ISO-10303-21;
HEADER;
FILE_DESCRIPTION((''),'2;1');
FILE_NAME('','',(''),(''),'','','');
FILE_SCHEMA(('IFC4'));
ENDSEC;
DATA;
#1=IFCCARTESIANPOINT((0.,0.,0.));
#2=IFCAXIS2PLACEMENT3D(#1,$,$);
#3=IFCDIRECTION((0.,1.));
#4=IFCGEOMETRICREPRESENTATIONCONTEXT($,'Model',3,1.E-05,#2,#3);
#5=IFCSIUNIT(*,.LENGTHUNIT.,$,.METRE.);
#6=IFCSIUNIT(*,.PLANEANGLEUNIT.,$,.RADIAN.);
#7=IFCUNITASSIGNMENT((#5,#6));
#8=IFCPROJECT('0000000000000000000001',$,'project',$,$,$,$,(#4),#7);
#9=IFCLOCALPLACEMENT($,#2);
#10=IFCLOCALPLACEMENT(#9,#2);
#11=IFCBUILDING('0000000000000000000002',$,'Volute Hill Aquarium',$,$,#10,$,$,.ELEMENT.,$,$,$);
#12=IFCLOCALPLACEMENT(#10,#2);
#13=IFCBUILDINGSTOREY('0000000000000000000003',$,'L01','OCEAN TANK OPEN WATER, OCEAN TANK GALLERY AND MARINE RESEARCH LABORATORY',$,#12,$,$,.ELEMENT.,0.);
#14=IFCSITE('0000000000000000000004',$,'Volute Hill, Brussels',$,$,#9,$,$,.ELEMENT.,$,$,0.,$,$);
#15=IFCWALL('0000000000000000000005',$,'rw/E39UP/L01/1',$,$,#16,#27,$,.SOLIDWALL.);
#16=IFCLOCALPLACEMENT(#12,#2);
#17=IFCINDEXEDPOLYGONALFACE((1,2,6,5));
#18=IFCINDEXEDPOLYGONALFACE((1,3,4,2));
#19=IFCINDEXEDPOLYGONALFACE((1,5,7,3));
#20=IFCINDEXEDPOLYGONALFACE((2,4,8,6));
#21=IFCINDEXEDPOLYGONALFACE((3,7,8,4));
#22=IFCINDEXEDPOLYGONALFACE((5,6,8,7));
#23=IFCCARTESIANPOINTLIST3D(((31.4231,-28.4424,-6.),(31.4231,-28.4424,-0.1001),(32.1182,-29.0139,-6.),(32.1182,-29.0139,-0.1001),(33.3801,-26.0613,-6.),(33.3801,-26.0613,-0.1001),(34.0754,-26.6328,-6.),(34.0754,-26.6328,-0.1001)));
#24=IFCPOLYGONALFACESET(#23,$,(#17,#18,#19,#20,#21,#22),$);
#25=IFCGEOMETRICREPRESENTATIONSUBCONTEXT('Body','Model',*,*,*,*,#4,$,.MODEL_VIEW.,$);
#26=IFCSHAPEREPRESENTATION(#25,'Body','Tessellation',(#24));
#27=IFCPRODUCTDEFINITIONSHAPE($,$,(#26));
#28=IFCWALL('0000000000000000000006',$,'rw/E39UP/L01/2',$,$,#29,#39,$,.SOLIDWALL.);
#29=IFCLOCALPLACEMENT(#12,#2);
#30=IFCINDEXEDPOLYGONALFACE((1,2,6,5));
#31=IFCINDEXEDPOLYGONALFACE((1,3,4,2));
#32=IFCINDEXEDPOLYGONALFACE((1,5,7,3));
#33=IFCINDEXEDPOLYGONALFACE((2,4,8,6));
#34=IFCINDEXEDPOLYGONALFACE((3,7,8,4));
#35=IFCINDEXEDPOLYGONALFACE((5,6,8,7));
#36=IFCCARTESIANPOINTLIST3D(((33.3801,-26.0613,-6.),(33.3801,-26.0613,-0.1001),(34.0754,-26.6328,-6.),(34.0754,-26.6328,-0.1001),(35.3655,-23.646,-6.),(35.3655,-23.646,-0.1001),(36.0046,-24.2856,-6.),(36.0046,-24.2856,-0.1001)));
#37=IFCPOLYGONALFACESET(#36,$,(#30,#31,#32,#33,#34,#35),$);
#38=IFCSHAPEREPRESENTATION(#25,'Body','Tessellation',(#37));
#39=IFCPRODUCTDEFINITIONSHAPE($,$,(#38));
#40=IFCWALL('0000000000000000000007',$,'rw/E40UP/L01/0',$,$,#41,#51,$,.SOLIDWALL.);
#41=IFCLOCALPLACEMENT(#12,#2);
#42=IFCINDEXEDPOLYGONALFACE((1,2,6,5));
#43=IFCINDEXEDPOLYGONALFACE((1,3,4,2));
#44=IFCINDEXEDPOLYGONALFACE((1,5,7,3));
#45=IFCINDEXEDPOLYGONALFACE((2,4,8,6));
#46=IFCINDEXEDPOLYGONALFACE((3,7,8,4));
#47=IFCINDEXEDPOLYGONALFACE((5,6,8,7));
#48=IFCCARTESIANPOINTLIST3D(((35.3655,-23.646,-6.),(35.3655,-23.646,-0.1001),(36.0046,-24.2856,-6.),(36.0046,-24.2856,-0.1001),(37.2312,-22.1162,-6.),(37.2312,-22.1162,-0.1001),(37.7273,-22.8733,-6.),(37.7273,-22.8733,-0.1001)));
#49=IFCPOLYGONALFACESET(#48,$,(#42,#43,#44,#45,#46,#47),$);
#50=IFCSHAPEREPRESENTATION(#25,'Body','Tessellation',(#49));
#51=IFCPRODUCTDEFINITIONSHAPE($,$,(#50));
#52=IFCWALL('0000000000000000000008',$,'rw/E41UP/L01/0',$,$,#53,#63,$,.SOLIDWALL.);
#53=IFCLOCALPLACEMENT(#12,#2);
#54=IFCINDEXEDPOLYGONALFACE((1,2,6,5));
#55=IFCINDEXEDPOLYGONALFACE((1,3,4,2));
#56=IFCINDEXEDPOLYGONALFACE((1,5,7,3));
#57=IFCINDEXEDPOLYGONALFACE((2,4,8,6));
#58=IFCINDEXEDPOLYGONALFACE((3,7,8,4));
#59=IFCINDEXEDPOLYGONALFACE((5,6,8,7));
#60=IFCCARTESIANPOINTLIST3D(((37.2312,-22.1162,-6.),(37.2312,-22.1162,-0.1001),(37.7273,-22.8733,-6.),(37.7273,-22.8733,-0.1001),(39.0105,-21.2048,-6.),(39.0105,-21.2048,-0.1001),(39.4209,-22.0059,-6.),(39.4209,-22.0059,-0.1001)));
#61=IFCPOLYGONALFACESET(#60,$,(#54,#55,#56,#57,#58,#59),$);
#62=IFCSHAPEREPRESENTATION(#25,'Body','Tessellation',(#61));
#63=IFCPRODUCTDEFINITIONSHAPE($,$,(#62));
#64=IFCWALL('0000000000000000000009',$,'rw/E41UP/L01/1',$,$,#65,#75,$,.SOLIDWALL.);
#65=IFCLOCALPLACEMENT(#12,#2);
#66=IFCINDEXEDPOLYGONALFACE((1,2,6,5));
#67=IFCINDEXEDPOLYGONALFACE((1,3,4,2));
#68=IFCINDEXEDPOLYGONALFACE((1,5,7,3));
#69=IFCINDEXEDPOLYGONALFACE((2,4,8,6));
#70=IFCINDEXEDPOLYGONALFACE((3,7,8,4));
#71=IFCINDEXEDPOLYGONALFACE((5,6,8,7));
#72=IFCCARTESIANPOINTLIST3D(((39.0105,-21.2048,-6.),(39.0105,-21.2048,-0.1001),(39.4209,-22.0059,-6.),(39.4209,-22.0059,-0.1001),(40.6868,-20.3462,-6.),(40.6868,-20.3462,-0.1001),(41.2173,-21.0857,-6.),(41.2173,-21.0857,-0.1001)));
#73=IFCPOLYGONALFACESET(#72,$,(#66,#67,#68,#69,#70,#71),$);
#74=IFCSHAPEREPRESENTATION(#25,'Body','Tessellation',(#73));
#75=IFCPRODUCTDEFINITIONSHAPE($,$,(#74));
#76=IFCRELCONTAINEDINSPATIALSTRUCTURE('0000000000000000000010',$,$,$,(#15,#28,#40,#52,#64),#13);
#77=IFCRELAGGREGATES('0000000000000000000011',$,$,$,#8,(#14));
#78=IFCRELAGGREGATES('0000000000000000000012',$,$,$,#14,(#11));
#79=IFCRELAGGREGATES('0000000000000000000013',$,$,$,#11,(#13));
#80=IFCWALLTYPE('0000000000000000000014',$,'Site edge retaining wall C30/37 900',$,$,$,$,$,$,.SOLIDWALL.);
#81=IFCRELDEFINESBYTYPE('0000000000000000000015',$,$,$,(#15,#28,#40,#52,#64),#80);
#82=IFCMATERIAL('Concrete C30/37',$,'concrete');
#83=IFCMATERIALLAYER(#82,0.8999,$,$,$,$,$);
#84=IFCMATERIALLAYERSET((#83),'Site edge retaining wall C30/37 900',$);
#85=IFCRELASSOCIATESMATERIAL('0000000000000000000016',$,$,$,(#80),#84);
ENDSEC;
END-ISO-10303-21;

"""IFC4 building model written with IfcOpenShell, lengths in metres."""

from ifc_helpers import new_model, si_unit, direction, frame, origin, place, context, subcontext, project, spatial, polyline, outline, extrude, material, layer, layer_set, type_object, element, save


model = new_model("IFC4")

# Units and contexts
model_context = context("Model", 3, precision=1e-05, world=origin(), true_north=direction((0.0, 1.0)))
body_context = subcontext(model_context, "Body", "Model", "MODEL_VIEW")
ifc_project = project(units=[si_unit("LENGTHUNIT", "METRE"), si_unit("PLANEANGLEUNIT", "RADIAN")], contexts=[model_context])

# Site, building, storey
site_placement = place(None, origin())
site = spatial("IfcSite", under=ifc_project, at=site_placement, Name="Volute Hill, Brussels", CompositionType="ELEMENT", RefElevation=0.0)
building_placement = place(site_placement, origin())
building = spatial("IfcBuilding", under=site, at=building_placement, Name="Volute Hill Aquarium", CompositionType="ELEMENT")
storey_placement = place(building_placement, origin())
storey = spatial("IfcBuildingStorey", under=building, at=storey_placement, Name="L01", Description="OCEAN TANK OPEN WATER, OCEAN TANK GALLERY AND MARINE RESEARCH LABORATORY", CompositionType="ELEMENT", Elevation=0.0)

# Walls
ifc_material = material(Name="Concrete C30/37", Category="concrete")
ifc_layer = layer(ifc_material, 0.8999)
ifc_layer_set = layer_set([ifc_layer], Name="Site edge retaining wall C30/37 900")
wall_type = type_object("IfcWallType", Name="Site edge retaining wall C30/37 900", PredefinedType="SOLIDWALL", material=ifc_layer_set)
wall_1_placement = place(storey_placement, frame((0.0, 0.0, -6.0)))
element("IfcWall", 1, at=wall_1_placement, inside=storey, type_object=wall_type, Name="rw/E39UP/L01/1", PredefinedType="SOLIDWALL", context=body_context, shape_type="SweptSolid", body=[
    extrude(outline(polyline([(32.1182, -29.0139), (34.0754, -26.6328), (33.3801, -26.0613), (31.4231, -28.4424), (32.1182, -29.0139)])), origin(), (0.0, 0.0, 1.0), 5.8999),
])
wall_2_placement = place(storey_placement, frame((0.0, 0.0, -6.0)))
element("IfcWall", 2, at=wall_2_placement, inside=storey, type_object=wall_type, Name="rw/E39UP/L01/2", PredefinedType="SOLIDWALL", context=body_context, shape_type="SweptSolid", body=[
    extrude(outline(polyline([(34.0754, -26.6328), (36.0046, -24.2856), (35.3655, -23.646), (33.3801, -26.0613), (34.0754, -26.6328)])), origin(), (0.0, 0.0, 1.0), 5.8999),
])
wall_3_placement = place(storey_placement, frame((0.0, 0.0, -6.0)))
element("IfcWall", 3, at=wall_3_placement, inside=storey, type_object=wall_type, Name="rw/E40UP/L01/0", PredefinedType="SOLIDWALL", context=body_context, shape_type="SweptSolid", body=[
    extrude(outline(polyline([(36.0046, -24.2856), (37.7273, -22.8733), (37.2312, -22.1162), (35.3655, -23.646), (35.3655, -23.646), (36.0046, -24.2856), (36.0046, -24.2856)])), origin(), (0.0, 0.0, 1.0), 5.8999),
])
wall_4_placement = place(storey_placement, frame((0.0, 0.0, -6.0)))
element("IfcWall", 4, at=wall_4_placement, inside=storey, type_object=wall_type, Name="rw/E41UP/L01/0", PredefinedType="SOLIDWALL", context=body_context, shape_type="SweptSolid", body=[
    extrude(outline(polyline([(37.7273, -22.8733), (39.4209, -22.0059), (39.0105, -21.2048), (37.2312, -22.1162), (37.2312, -22.1162), (37.7273, -22.8733)])), origin(), (0.0, 0.0, 1.0), 5.8999),
])
wall_5_placement = place(storey_placement, frame((0.0, 0.0, -6.0)))
element("IfcWall", 5, at=wall_5_placement, inside=storey, type_object=wall_type, Name="rw/E41UP/L01/1", PredefinedType="SOLIDWALL", context=body_context, shape_type="SweptSolid", body=[
    extrude(outline(polyline([(41.2173, -21.0857), (41.2173, -21.0857), (40.6868, -20.3462), (40.6868, -20.3462), (39.0105, -21.2048), (39.4209, -22.0059), (41.2173, -21.0857)])), origin(), (0.0, 0.0, 1.0), 5.8999),
])

save(model, "model.ifc")
